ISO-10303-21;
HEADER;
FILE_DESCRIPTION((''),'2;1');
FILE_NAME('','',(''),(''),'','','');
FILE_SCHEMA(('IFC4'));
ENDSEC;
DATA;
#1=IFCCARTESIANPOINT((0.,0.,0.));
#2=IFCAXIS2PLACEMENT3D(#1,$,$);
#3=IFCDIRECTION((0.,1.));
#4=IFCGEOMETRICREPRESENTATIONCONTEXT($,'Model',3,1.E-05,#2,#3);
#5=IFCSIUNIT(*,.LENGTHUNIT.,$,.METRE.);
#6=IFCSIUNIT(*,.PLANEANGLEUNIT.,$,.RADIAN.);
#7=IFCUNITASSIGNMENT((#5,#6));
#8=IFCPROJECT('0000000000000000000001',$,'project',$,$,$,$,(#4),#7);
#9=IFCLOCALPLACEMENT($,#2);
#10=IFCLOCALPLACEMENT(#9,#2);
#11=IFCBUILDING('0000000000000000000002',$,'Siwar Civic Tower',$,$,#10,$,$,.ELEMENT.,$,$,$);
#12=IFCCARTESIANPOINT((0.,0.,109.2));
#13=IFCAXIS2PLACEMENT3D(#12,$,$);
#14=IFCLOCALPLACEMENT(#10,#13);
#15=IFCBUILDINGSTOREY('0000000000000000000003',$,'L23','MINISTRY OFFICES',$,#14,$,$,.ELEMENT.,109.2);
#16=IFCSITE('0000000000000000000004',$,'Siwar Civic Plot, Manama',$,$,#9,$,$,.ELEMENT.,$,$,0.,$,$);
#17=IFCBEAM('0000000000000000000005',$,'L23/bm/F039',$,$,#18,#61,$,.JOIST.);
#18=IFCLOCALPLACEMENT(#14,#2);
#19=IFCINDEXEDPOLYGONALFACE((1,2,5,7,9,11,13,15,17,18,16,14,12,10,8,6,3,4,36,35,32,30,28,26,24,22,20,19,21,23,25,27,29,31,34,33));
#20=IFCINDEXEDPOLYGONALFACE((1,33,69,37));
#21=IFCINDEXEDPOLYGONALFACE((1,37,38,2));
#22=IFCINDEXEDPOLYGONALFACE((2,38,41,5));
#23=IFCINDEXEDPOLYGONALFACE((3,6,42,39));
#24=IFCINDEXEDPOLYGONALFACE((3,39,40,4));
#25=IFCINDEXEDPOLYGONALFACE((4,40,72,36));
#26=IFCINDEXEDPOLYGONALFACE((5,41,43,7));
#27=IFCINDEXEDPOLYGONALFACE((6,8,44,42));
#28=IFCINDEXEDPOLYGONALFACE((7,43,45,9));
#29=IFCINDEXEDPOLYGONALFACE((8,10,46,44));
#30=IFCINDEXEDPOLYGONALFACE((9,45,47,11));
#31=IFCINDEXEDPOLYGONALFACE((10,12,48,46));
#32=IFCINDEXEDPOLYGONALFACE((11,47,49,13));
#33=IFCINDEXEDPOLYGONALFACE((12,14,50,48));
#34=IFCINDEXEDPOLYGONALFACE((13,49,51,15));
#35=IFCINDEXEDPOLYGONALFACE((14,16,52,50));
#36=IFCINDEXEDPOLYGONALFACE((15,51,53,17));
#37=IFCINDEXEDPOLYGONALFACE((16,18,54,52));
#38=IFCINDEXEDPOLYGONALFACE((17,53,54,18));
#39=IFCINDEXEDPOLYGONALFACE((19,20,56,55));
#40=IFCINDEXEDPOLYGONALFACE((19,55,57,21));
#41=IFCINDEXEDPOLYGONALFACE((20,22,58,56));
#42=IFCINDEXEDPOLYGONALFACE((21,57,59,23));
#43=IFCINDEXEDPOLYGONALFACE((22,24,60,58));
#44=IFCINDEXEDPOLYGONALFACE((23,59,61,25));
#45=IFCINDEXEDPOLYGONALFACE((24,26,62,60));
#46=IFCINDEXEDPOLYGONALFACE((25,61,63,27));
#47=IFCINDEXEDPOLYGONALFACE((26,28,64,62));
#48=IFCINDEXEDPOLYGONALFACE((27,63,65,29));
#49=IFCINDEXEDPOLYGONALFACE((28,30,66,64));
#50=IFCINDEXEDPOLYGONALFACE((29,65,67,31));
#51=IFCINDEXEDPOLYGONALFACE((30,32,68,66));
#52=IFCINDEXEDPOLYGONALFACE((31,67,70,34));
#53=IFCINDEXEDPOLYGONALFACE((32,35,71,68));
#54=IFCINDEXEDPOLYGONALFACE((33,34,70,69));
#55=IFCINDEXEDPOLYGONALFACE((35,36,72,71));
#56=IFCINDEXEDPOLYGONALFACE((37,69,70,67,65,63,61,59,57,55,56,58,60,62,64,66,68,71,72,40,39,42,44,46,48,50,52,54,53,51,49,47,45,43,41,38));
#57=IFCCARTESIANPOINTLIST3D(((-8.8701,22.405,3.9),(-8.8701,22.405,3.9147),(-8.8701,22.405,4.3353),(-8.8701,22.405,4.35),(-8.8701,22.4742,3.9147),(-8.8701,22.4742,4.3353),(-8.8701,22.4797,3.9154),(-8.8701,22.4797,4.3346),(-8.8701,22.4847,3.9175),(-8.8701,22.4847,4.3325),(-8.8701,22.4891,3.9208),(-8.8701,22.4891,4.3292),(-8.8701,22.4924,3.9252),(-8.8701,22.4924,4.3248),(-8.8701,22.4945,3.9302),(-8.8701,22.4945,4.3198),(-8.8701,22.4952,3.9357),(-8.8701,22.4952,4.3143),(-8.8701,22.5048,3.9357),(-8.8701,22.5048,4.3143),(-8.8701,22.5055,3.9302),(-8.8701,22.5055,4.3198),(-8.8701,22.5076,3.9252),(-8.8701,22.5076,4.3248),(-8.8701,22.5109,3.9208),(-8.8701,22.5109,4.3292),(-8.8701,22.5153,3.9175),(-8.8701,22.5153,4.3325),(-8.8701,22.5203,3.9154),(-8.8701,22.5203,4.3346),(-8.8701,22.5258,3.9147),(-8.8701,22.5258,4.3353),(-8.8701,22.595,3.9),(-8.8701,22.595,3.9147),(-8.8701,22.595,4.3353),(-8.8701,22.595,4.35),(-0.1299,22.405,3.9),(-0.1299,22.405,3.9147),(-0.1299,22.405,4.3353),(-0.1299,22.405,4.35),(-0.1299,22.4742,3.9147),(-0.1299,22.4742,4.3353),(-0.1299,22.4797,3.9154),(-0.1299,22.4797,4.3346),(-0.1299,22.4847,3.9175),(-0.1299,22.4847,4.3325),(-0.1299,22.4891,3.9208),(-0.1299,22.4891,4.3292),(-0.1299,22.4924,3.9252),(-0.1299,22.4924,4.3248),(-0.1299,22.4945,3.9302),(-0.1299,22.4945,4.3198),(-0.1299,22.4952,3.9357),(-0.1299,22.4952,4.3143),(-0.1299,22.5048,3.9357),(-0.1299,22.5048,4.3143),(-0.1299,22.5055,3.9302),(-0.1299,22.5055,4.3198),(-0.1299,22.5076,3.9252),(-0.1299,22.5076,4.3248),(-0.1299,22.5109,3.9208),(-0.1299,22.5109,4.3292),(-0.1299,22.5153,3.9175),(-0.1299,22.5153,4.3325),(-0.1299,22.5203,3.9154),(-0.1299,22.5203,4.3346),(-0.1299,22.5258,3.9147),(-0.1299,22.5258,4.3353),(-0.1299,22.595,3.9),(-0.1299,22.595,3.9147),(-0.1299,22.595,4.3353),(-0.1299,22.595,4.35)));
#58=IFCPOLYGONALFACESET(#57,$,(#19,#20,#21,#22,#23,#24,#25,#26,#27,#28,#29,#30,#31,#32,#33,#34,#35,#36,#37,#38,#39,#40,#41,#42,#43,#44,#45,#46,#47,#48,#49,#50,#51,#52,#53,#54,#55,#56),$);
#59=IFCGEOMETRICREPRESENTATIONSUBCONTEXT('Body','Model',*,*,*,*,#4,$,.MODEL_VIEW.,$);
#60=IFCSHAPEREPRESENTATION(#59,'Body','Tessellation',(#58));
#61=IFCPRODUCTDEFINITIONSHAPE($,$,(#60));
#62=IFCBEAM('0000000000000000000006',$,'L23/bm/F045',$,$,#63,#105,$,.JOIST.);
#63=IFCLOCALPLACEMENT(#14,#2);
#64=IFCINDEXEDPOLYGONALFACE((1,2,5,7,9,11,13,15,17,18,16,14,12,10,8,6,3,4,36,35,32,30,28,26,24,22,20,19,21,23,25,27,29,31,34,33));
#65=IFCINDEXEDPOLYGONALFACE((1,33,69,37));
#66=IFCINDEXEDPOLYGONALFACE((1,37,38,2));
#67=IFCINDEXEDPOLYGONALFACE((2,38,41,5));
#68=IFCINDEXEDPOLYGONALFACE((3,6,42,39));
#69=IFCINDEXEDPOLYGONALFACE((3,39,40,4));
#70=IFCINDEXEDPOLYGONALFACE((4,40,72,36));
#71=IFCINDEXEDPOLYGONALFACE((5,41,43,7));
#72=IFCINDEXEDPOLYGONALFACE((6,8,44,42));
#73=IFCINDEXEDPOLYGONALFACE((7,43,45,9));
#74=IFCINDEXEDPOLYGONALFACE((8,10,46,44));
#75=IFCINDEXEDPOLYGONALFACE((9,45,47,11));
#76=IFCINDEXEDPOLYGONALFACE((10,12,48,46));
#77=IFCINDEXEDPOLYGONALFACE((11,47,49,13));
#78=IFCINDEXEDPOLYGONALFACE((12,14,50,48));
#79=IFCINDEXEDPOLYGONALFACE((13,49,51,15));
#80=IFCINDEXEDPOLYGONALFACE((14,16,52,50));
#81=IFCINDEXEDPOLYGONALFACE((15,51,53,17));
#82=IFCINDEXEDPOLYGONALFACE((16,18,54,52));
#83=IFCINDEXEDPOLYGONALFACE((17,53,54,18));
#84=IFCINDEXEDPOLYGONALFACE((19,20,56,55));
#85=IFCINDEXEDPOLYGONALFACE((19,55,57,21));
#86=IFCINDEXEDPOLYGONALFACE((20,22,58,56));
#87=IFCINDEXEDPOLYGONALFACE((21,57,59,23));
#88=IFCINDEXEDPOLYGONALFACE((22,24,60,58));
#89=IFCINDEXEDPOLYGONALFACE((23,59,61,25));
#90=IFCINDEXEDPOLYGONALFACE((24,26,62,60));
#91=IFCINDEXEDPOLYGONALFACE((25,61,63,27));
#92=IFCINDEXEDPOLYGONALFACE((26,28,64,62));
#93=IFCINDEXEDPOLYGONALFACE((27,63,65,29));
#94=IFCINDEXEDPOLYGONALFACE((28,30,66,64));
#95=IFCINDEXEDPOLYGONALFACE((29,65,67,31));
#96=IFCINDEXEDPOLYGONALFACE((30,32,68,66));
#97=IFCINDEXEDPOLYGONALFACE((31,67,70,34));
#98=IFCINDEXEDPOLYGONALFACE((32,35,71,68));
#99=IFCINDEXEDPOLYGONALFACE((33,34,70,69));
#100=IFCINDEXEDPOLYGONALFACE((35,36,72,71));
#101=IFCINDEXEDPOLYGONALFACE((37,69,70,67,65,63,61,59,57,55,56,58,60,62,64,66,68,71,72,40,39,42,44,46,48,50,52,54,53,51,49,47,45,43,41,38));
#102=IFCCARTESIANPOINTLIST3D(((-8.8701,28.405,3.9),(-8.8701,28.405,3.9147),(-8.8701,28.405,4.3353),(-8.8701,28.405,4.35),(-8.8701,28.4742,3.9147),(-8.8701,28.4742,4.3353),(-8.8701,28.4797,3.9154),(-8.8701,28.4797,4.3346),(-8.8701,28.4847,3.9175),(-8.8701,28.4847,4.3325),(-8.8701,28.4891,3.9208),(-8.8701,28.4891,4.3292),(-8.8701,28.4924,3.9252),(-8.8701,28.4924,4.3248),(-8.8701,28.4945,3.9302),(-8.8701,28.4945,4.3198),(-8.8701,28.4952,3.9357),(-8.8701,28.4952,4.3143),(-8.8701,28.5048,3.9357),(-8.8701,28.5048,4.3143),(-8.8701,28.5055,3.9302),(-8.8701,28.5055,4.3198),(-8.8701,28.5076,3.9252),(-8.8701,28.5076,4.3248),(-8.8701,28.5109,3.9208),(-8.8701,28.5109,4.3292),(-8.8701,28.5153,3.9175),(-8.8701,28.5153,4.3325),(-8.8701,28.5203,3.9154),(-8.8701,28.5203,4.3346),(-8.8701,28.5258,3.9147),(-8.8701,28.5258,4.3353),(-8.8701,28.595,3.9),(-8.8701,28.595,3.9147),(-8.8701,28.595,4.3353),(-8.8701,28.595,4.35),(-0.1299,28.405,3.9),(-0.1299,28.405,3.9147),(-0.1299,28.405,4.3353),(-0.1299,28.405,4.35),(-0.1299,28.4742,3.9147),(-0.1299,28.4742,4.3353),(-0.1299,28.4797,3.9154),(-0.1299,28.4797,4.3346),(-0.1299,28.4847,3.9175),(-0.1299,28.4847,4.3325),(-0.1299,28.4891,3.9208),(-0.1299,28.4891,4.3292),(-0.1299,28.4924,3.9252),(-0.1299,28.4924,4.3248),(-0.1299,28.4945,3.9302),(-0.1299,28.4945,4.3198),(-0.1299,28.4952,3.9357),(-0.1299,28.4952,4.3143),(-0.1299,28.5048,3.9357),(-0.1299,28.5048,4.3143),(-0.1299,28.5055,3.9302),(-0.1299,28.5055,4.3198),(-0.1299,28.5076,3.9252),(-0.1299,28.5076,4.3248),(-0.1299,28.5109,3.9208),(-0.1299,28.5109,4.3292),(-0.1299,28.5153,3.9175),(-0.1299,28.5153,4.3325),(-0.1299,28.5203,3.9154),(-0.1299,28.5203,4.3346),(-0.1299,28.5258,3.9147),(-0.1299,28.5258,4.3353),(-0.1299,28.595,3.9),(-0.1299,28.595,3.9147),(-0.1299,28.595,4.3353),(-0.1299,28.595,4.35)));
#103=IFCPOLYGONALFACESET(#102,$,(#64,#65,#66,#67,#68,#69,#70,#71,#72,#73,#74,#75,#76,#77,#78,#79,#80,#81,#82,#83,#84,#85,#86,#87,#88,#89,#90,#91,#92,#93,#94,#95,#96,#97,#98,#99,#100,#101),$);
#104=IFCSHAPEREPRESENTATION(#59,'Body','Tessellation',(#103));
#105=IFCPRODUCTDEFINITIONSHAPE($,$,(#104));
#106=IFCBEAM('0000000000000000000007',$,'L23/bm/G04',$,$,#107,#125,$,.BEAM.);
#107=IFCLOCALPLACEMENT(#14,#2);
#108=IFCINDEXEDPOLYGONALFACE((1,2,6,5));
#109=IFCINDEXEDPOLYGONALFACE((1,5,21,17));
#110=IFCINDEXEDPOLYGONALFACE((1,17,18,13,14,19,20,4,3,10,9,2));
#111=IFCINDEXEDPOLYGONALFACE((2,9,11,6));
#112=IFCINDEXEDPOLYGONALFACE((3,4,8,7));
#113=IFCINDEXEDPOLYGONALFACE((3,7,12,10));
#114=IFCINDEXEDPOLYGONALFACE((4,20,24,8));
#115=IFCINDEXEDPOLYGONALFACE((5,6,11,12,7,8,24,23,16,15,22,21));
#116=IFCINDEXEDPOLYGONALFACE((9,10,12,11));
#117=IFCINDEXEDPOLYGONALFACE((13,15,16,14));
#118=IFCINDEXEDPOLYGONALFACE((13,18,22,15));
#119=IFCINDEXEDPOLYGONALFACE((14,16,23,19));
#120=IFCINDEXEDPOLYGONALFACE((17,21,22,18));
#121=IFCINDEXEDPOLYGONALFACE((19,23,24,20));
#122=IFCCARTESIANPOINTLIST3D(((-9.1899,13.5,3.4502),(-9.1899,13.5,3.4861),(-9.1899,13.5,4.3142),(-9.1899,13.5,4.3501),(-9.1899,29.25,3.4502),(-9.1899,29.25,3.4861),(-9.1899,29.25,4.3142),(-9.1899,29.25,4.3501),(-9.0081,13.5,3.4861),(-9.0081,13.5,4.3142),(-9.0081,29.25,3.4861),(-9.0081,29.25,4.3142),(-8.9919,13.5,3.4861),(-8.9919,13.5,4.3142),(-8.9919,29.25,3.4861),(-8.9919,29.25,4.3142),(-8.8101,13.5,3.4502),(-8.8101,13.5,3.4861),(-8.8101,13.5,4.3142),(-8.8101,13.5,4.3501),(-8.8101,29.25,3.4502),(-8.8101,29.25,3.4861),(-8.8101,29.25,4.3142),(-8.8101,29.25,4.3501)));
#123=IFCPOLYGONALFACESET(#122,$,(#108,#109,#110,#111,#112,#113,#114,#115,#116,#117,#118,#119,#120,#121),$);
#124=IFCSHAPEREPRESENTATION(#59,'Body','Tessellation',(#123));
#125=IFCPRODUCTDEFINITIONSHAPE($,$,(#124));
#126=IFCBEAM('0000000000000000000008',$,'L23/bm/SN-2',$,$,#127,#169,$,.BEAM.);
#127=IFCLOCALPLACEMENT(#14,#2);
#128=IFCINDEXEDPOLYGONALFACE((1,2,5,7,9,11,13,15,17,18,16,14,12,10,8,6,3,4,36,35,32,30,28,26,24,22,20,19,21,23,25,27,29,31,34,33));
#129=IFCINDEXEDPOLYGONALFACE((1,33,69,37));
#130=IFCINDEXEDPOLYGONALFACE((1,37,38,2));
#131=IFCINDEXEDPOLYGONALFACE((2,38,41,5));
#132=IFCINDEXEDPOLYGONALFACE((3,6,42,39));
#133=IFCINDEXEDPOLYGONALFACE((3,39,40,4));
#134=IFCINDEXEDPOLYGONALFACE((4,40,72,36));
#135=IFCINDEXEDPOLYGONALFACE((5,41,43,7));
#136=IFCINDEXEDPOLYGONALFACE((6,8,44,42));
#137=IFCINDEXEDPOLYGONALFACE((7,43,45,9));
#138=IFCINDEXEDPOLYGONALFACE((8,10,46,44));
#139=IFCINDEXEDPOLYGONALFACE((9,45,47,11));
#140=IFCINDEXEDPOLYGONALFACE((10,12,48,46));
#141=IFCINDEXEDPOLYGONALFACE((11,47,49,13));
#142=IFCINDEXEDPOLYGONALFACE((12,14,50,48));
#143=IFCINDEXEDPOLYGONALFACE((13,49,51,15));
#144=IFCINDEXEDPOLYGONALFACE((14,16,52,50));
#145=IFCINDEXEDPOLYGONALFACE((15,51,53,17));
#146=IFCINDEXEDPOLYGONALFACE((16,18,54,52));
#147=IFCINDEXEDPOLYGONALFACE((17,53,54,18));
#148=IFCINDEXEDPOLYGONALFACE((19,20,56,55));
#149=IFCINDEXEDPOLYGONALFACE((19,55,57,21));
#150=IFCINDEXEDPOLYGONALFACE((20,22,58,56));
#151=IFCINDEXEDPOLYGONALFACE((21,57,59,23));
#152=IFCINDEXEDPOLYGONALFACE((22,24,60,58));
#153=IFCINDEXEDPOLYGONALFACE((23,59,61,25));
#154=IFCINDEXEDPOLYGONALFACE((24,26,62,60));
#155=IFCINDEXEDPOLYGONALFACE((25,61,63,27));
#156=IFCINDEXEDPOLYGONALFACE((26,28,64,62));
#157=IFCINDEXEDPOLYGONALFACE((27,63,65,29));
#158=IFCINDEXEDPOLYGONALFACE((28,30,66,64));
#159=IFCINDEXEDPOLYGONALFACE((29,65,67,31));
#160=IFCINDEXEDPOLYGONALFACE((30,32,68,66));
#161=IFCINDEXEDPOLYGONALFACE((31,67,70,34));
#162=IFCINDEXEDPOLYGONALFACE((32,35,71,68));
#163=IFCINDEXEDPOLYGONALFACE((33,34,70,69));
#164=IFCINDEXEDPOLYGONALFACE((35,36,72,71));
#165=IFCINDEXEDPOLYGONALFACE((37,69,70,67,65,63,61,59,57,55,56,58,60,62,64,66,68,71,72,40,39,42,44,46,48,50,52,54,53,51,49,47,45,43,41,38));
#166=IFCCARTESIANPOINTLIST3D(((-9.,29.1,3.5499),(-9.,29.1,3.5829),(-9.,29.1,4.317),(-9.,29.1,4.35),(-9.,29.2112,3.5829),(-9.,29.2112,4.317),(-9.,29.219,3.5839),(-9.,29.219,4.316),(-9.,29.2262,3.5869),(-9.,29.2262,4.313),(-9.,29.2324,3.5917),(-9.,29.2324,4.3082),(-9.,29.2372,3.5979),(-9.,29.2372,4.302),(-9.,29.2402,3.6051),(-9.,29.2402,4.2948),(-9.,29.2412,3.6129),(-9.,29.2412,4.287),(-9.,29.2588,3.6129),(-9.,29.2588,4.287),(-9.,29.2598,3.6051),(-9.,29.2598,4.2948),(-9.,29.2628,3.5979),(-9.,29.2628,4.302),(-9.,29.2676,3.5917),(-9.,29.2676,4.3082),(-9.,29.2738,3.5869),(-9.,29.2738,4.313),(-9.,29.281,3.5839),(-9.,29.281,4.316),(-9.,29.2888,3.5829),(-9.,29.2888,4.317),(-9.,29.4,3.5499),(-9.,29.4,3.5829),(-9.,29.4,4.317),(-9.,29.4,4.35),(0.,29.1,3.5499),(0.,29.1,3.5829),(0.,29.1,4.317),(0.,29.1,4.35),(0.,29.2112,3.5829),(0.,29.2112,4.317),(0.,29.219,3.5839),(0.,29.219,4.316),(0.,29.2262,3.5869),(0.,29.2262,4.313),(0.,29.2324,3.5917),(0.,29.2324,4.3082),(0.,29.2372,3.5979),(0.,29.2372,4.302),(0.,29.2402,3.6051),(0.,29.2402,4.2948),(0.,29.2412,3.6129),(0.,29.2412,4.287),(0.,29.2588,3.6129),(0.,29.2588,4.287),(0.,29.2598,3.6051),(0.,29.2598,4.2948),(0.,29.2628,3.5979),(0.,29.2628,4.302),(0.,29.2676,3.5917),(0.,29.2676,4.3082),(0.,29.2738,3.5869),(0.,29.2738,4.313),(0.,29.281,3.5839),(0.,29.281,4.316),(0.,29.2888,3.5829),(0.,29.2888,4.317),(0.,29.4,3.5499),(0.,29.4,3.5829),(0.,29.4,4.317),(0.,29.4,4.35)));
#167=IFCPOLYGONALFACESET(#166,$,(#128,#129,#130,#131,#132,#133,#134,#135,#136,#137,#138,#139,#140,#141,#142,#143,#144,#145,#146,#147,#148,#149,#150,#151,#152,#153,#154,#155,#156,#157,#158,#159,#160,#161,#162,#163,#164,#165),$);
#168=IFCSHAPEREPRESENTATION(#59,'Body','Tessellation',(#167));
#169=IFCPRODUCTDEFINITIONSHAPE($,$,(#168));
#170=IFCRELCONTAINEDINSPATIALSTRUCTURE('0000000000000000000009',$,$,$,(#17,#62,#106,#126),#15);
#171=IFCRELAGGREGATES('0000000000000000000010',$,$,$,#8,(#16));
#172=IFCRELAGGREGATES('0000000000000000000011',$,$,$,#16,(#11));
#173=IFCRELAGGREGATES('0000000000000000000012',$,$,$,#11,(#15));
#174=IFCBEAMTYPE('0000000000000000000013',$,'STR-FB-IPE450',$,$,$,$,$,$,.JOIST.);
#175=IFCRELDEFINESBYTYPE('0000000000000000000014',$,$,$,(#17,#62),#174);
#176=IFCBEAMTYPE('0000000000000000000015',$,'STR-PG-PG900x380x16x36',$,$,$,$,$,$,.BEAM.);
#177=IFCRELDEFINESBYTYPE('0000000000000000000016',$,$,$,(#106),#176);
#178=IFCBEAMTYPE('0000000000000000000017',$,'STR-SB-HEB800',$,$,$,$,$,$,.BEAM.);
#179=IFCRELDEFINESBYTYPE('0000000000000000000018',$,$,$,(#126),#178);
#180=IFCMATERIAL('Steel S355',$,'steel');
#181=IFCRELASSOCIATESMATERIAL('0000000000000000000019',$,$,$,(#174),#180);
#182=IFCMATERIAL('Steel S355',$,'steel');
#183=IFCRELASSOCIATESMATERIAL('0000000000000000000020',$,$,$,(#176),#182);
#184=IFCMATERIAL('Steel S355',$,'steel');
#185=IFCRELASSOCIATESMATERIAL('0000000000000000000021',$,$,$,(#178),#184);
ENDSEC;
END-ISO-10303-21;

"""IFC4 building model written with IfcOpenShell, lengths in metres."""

from ifc_helpers import new_model, si_unit, direction, frame, origin, origin_2d, place, context, subcontext, project, spatial, i_section, extrude, material, material_profile, profile_set, type_object, element, save


model = new_model("IFC4")

# Units and contexts
model_context = context("Model", 3, precision=1e-05, world=origin(), true_north=direction((0.0, 1.0)))
body_context = subcontext(model_context, "Body", "Model", "MODEL_VIEW")
ifc_project = project(units=[si_unit("LENGTHUNIT", "METRE"), si_unit("PLANEANGLEUNIT", "RADIAN")], contexts=[model_context])

# Site, building, storey
site_placement = place(None, origin())
site = spatial("IfcSite", under=ifc_project, at=site_placement, Name="Siwar Civic Plot, Manama", CompositionType="ELEMENT", RefElevation=0.0)
building_placement = place(site_placement, origin())
building = spatial("IfcBuilding", under=site, at=building_placement, Name="Siwar Civic Tower", CompositionType="ELEMENT")
storey_placement = place(building_placement, frame((0.0, 0.0, 109.2)))
storey = spatial("IfcBuildingStorey", under=building, at=storey_placement, Name="L23", Description="MINISTRY OFFICES", CompositionType="ELEMENT", Elevation=109.2)

# Beams
ifc_material_1 = material(Name="Steel S355", Category="steel")
ifc_material_profile_1 = material_profile(ifc_material_1, i_section(OverallWidth=0.1899, OverallDepth=0.45, WebThickness=0.0095, FlangeThickness=0.0146, FilletRadius=0.021, at=origin_2d()), Name="IPE450")
ifc_profile_set_1 = profile_set([ifc_material_profile_1], Name="Steel S355")
beam_type_1 = type_object("IfcBeamType", Name="STR-FB-IPE450", PredefinedType="JOIST", material=ifc_profile_set_1)
for number, where, z_axis, x_axis, name in (
    (1, (-8.8701, 22.5, 4.125), (1.0, 0.0, 0.0), (0.0, 1.0, 0.0), "L23/bm/F039"),
    (2, (-8.8701, 28.5, 4.125), (1.0, 0.0, 0.0), (0.0, 1.0, 0.0), "L23/bm/F045"),
):
    element("IfcBeam", number, at=place(storey_placement, frame(where, z_axis=z_axis, x_axis=x_axis)), inside=storey, type_object=beam_type_1, Name=name, PredefinedType="JOIST", context=body_context, shape_type="SweptSolid", body=[
        extrude(i_section(OverallWidth=0.1899, OverallDepth=0.45, WebThickness=0.0095, FlangeThickness=0.0146, FilletRadius=0.021, at=origin_2d()), origin(), (0.0, 0.0, 1.0), 8.7402),
    ])
ifc_material_2 = material(Name="Steel S355", Category="steel")
ifc_material_profile_2 = material_profile(ifc_material_2, i_section(OverallWidth=0.3799, OverallDepth=0.8999, WebThickness=0.0161, FlangeThickness=0.0359, at=origin_2d()), Name="PG900x380x16x36")
ifc_profile_set_2 = profile_set([ifc_material_profile_2], Name="Steel S355")
beam_type_2 = type_object("IfcBeamType", Name="STR-PG-PG900x380x16x36", PredefinedType="BEAM", material=ifc_profile_set_2)
beam_1_placement = place(storey_placement, frame((-9.0, 13.5, 3.9001), z_axis=(0.0, 1.0, 0.0), x_axis=(-1.0, 0.0, 0.0)))
element("IfcBeam", 3, at=beam_1_placement, inside=storey, type_object=beam_type_2, Name="L23/bm/G04", PredefinedType="BEAM", context=body_context, shape_type="SweptSolid", body=[
    extrude(i_section(OverallWidth=0.3799, OverallDepth=0.8999, WebThickness=0.0161, FlangeThickness=0.0359, at=origin_2d()), origin(), (0.0, 0.0, 1.0), 15.75),
])
ifc_material_3 = material(Name="Steel S355", Category="steel")
ifc_material_profile_3 = material_profile(ifc_material_3, i_section(OverallWidth=0.3, OverallDepth=0.8, WebThickness=0.0176, FlangeThickness=0.033, FilletRadius=0.03, at=origin_2d()), Name="HEB800")
ifc_profile_set_3 = profile_set([ifc_material_profile_3], Name="Steel S355")
beam_type_3 = type_object("IfcBeamType", Name="STR-SB-HEB800", PredefinedType="BEAM", material=ifc_profile_set_3)
for number, where, z_axis, x_axis, name in (
    (4, (0.0, 29.25, 3.95), (-1.0, 0.0, 0.0), (0.0, -1.0, 0.0), "L23/bm/SN-2"),
):
    element("IfcBeam", number, at=place(storey_placement, frame(where, z_axis=z_axis, x_axis=x_axis)), inside=storey, type_object=beam_type_3, Name=name, PredefinedType="BEAM", context=body_context, shape_type="SweptSolid", body=[
        extrude(i_section(OverallWidth=0.3, OverallDepth=0.8, WebThickness=0.0176, FlangeThickness=0.033, FilletRadius=0.03, at=origin_2d()), origin(), (0.0, 0.0, 1.0), 9.0),
    ])

save(model, "model.ifc")
